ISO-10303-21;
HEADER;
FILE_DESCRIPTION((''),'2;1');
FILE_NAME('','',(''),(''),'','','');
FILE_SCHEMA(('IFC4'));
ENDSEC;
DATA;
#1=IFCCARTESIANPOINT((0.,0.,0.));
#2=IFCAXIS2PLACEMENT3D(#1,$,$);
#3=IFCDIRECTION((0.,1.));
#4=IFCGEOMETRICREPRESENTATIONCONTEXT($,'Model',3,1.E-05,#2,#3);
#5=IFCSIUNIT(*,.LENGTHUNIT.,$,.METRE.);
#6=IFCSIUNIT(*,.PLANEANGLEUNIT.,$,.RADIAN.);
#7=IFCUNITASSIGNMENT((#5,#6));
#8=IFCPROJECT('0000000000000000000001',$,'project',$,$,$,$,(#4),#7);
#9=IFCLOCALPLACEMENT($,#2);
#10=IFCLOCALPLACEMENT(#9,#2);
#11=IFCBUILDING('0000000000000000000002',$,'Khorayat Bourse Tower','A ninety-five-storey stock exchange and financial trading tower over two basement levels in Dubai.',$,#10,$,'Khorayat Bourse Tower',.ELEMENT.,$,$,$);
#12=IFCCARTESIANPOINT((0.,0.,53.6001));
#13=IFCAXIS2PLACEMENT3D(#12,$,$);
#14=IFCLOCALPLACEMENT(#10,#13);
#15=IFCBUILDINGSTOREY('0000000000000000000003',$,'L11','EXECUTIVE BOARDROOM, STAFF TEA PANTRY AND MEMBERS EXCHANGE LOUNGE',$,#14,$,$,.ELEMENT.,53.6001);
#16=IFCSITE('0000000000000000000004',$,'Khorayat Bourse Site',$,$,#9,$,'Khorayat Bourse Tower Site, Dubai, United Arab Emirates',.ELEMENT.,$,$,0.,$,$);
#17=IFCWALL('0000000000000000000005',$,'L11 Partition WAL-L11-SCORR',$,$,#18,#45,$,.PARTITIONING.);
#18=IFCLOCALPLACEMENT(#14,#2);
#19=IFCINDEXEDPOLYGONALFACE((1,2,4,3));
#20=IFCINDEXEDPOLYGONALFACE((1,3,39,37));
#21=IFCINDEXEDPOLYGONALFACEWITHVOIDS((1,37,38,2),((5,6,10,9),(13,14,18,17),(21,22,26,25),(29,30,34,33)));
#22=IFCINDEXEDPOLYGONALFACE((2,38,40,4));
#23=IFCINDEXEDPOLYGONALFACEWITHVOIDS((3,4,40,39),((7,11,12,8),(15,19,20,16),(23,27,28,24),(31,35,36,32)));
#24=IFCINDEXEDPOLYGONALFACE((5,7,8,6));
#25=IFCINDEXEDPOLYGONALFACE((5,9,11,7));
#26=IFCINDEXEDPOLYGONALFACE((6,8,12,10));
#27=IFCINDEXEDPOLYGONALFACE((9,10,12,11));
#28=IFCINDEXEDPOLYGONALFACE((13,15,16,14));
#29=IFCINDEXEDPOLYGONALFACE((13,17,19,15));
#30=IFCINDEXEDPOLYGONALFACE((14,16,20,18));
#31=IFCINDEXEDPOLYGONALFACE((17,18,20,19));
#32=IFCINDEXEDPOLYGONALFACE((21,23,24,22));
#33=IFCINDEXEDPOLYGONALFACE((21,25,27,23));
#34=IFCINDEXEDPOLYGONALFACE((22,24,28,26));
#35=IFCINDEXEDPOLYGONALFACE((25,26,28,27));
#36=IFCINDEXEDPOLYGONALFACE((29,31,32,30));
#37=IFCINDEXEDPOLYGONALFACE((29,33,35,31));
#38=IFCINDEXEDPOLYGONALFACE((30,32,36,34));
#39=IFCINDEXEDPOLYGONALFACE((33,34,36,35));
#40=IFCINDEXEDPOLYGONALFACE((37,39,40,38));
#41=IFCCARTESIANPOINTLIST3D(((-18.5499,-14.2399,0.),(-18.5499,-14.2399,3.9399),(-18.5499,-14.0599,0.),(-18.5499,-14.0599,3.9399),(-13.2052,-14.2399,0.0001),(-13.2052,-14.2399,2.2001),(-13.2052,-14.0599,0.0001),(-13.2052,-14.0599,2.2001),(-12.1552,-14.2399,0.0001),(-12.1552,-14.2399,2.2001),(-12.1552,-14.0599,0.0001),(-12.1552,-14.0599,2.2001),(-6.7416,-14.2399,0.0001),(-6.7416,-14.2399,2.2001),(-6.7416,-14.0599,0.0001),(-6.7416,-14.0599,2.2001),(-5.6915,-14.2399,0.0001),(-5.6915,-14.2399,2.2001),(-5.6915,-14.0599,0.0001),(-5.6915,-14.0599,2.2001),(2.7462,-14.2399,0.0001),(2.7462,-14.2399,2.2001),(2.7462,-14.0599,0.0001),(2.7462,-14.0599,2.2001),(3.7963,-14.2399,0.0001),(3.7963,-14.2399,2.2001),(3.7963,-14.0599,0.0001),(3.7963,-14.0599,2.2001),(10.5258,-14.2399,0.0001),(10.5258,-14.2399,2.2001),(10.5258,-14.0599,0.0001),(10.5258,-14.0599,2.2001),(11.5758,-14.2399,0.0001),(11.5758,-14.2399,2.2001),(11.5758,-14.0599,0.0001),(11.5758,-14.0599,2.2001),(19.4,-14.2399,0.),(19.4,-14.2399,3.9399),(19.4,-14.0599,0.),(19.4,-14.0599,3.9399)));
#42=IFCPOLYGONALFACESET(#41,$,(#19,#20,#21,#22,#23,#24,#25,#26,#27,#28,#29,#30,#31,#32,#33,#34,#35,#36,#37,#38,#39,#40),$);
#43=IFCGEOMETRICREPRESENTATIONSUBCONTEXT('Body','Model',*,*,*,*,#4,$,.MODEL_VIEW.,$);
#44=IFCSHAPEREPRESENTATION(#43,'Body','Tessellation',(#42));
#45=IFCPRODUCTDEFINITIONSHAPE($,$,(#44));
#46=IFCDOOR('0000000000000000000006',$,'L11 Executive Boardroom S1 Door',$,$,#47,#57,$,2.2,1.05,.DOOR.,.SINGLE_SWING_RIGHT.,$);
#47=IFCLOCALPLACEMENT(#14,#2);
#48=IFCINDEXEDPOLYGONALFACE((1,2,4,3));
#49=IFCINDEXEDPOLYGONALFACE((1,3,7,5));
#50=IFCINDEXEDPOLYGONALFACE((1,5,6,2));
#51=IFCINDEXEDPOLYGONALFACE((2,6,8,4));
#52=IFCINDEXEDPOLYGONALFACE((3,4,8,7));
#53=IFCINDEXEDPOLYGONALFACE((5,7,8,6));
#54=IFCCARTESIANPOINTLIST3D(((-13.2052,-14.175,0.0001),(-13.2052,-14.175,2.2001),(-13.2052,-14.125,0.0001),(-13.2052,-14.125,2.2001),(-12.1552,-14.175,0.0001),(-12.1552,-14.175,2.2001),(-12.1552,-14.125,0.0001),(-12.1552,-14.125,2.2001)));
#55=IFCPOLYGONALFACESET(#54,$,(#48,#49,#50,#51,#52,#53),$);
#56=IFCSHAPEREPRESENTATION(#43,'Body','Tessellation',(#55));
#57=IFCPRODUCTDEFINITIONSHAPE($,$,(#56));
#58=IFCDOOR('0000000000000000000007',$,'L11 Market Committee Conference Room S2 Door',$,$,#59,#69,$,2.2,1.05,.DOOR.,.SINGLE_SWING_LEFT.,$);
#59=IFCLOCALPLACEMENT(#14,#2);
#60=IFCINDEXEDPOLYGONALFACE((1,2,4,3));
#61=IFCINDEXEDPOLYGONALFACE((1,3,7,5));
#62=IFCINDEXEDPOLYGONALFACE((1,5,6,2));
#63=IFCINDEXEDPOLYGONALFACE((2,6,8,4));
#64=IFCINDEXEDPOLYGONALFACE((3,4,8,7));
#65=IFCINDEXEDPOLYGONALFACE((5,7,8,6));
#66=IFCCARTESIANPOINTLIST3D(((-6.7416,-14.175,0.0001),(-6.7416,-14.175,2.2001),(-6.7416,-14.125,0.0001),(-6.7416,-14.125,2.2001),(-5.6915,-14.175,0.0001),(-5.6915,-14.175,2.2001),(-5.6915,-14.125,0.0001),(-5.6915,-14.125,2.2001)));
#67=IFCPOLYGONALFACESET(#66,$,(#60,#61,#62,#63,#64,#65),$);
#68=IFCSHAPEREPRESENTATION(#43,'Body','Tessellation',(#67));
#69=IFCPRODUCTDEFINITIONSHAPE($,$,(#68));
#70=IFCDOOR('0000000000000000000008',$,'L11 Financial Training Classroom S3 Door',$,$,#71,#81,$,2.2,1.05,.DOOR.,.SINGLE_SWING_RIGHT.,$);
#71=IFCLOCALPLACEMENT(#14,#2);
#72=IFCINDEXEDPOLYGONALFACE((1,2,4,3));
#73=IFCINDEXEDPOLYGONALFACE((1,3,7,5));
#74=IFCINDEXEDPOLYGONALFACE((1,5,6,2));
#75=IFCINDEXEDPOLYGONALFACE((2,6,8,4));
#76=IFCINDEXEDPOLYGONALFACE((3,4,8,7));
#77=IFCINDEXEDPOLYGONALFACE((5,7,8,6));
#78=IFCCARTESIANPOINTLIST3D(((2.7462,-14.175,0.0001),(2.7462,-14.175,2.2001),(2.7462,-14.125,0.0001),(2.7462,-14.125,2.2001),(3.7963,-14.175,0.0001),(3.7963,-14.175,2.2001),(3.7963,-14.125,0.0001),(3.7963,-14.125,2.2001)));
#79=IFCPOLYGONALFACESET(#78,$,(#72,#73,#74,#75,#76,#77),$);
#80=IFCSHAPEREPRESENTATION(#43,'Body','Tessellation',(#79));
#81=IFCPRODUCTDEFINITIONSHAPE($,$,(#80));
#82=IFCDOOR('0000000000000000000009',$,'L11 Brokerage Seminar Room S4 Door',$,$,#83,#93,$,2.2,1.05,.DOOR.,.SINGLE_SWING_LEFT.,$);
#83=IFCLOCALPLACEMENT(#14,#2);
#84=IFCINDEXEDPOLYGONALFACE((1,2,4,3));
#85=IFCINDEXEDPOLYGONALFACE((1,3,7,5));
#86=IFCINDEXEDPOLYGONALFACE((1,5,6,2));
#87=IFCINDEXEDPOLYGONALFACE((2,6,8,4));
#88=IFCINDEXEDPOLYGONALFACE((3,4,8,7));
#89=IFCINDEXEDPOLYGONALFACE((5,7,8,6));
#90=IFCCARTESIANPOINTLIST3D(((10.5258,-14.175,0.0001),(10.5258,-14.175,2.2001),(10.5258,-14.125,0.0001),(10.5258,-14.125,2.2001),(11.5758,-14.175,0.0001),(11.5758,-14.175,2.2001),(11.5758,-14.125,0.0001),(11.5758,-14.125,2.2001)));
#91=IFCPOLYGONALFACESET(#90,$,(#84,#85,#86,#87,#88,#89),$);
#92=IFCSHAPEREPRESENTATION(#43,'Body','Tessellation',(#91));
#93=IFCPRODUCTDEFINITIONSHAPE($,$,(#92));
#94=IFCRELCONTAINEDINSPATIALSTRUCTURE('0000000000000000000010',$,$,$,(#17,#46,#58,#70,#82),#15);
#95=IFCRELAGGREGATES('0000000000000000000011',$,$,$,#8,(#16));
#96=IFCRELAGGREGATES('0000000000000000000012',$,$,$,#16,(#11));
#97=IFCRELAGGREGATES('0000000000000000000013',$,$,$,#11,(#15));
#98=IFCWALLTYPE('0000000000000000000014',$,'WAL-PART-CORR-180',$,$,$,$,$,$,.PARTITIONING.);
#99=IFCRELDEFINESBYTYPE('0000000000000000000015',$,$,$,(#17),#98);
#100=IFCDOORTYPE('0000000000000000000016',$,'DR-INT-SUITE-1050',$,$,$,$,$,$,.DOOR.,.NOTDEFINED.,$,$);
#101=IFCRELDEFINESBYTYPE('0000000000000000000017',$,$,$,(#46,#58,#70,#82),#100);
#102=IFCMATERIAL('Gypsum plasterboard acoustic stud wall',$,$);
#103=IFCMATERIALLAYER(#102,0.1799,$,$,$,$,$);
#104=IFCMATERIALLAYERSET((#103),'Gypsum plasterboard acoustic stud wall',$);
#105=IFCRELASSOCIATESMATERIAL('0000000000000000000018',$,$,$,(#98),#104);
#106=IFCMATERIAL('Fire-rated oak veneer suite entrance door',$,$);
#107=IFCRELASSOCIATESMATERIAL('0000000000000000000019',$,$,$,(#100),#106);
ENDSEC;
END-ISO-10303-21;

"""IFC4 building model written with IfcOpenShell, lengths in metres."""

from ifc_helpers import new_model, si_unit, direction, frame, frame_2d, origin, place, context, subcontext, project, spatial, rectangle, extrude, source, transform, mapped, material, layer, layer_set, type_object, element, fill, save


model = new_model("IFC4")

# Units and contexts
model_context = context("Model", 3, precision=1e-05, world=origin(), true_north=direction((0.0, 1.0)))
body_context = subcontext(model_context, "Body", "Model", "MODEL_VIEW")
ifc_project = project(units=[si_unit("LENGTHUNIT", "METRE"), si_unit("PLANEANGLEUNIT", "RADIAN")], contexts=[model_context])

# Site, building, storey
site_placement = place(None, origin())
site = spatial("IfcSite", under=ifc_project, at=site_placement, Name="Khorayat Bourse Site", LongName="Khorayat Bourse Tower Site, Dubai, United Arab Emirates", CompositionType="ELEMENT", RefElevation=0.0)
building_placement = place(site_placement, origin())
building = spatial("IfcBuilding", under=site, at=building_placement, Name="Khorayat Bourse Tower", Description="A ninety-five-storey stock exchange and financial trading tower over two basement levels in Dubai.", LongName="Khorayat Bourse Tower", CompositionType="ELEMENT")
storey_placement = place(building_placement, frame((0.0, 0.0, 53.6001)))
storey = spatial("IfcBuildingStorey", under=building, at=storey_placement, Name="L11", Description="EXECUTIVE BOARDROOM, STAFF TEA PANTRY AND MEMBERS EXCHANGE LOUNGE", CompositionType="ELEMENT", Elevation=53.6001)

# Shared definitions
ifc_material_1 = material(Name="Gypsum plasterboard acoustic stud wall")
ifc_layer_1 = layer(ifc_material_1, 0.1799)
ifc_layer_set_1 = layer_set([ifc_layer_1], Name="Gypsum plasterboard acoustic stud wall")
wall_type_1 = type_object("IfcWallType", Name="WAL-PART-CORR-180", PredefinedType="PARTITIONING", material=ifc_layer_set_1)

# Wall, openings, doors
shared_shape_1 = source(origin(), body_context, "Body", "SweptSolid", [
    extrude(rectangle(XDim=37.95, YDim=0.1799, at=frame_2d((18.9751, 0.0))), origin(), (0.0, 0.0, 1.0), 3.9399),
])
wall_1_placement = place(storey_placement, frame((-18.55, -14.1499, 0.0), z_axis=(0.0, 0.0, 1.0), x_axis=(1.0, 0.0, 0.0)))
wall_1 = element("IfcWall", 1, at=wall_1_placement, inside=storey, type_object=wall_type_1, Name="L11 Partition WAL-L11-SCORR", PredefinedType="PARTITIONING", context=body_context, shape_type="MappedRepresentation", body=[
    mapped(shared_shape_1, transform((0.0, 0.0, 0.0), scale=1.0)),
])
shared_shape_2 = source(origin(), body_context, "Body", "SweptSolid", [
    extrude(rectangle(XDim=1.05, YDim=2.2, at=frame_2d((0.5249, 1.1001))), frame((0.0, 0.0999, 0.0), z_axis=(0.0, -1.0, 0.0), x_axis=(1.0, 0.0, 0.0)), (0.0, 0.0, 1.0), 0.2),
])
opening_1_placement = place(wall_1_placement, frame((5.345, 0.0, 0.0)))
opening_1 = element("IfcOpeningElement", 2, at=opening_1_placement, cuts=wall_1, PredefinedType="OPENING", context=body_context, shape_type="MappedRepresentation", body=[
    mapped(shared_shape_2, transform((0.0, 0.0, 0.0), scale=1.0)),
])
opening_2_placement = place(wall_1_placement, frame((11.8086, 0.0, 0.0)))
opening_2 = element("IfcOpeningElement", 3, at=opening_2_placement, cuts=wall_1, PredefinedType="OPENING", context=body_context, shape_type="MappedRepresentation", body=[
    mapped(shared_shape_2, transform((0.0, 0.0, 0.0), scale=1.0)),
])
opening_3_placement = place(wall_1_placement, frame((21.2964, 0.0, 0.0)))
opening_3 = element("IfcOpeningElement", 4, at=opening_3_placement, cuts=wall_1, PredefinedType="OPENING", context=body_context, shape_type="MappedRepresentation", body=[
    mapped(shared_shape_2, transform((0.0, 0.0, 0.0), scale=1.0)),
])
opening_4_placement = place(wall_1_placement, frame((29.0759, 0.0, 0.0)))
opening_4 = element("IfcOpeningElement", 5, at=opening_4_placement, cuts=wall_1, PredefinedType="OPENING", context=body_context, shape_type="MappedRepresentation", body=[
    mapped(shared_shape_2, transform((0.0, 0.0, 0.0), scale=1.0)),
])
ifc_material_2 = material(Name="Fire-rated oak veneer suite entrance door")
door_type_1 = type_object("IfcDoorType", Name="DR-INT-SUITE-1050", OperationType="NOTDEFINED", PredefinedType="DOOR", material=ifc_material_2)
shared_shape_3 = source(origin(), body_context, "Body", "SweptSolid", [
    extrude(rectangle(XDim=1.05, YDim=2.2, at=frame_2d((0.5249, 1.1001))), frame((0.0, 0.0249, 0.0), z_axis=(0.0, -1.0, 0.0), x_axis=(1.0, 0.0, 0.0)), (0.0, 0.0, 1.0), 0.05),
])
door_1_placement = place(opening_1_placement, origin())
door_1 = element("IfcDoor", 6, at=door_1_placement, inside=storey, type_object=door_type_1, Name="L11 Executive Boardroom S1 Door", OperationType="SINGLE_SWING_RIGHT", OverallHeight=2.2, OverallWidth=1.05, PredefinedType="DOOR", context=body_context, shape_type="MappedRepresentation", body=[
    mapped(shared_shape_3, transform((0.0, 0.0, 0.0), scale=1.0)),
])
fill(opening_1, door_1)
door_2_placement = place(opening_2_placement, origin())
door_2 = element("IfcDoor", 7, at=door_2_placement, inside=storey, type_object=door_type_1, Name="L11 Market Committee Conference Room S2 Door", OperationType="SINGLE_SWING_LEFT", OverallHeight=2.2, OverallWidth=1.05, PredefinedType="DOOR", context=body_context, shape_type="MappedRepresentation", body=[
    mapped(shared_shape_3, transform((0.0, 0.0, 0.0), scale=1.0)),
])
fill(opening_2, door_2)
door_3_placement = place(opening_3_placement, origin())
door_3 = element("IfcDoor", 8, at=door_3_placement, inside=storey, type_object=door_type_1, Name="L11 Financial Training Classroom S3 Door", OperationType="SINGLE_SWING_RIGHT", OverallHeight=2.2, OverallWidth=1.05, PredefinedType="DOOR", context=body_context, shape_type="MappedRepresentation", body=[
    mapped(shared_shape_3, transform((0.0, 0.0, 0.0), scale=1.0)),
])
fill(opening_3, door_3)
door_4_placement = place(opening_4_placement, origin())
door_4 = element("IfcDoor", 9, at=door_4_placement, inside=storey, type_object=door_type_1, Name="L11 Brokerage Seminar Room S4 Door", OperationType="SINGLE_SWING_LEFT", OverallHeight=2.2, OverallWidth=1.05, PredefinedType="DOOR", context=body_context, shape_type="MappedRepresentation", body=[
    mapped(shared_shape_3, transform((0.0, 0.0, 0.0), scale=1.0)),
])
fill(opening_4, door_4)

save(model, "model.ifc")
